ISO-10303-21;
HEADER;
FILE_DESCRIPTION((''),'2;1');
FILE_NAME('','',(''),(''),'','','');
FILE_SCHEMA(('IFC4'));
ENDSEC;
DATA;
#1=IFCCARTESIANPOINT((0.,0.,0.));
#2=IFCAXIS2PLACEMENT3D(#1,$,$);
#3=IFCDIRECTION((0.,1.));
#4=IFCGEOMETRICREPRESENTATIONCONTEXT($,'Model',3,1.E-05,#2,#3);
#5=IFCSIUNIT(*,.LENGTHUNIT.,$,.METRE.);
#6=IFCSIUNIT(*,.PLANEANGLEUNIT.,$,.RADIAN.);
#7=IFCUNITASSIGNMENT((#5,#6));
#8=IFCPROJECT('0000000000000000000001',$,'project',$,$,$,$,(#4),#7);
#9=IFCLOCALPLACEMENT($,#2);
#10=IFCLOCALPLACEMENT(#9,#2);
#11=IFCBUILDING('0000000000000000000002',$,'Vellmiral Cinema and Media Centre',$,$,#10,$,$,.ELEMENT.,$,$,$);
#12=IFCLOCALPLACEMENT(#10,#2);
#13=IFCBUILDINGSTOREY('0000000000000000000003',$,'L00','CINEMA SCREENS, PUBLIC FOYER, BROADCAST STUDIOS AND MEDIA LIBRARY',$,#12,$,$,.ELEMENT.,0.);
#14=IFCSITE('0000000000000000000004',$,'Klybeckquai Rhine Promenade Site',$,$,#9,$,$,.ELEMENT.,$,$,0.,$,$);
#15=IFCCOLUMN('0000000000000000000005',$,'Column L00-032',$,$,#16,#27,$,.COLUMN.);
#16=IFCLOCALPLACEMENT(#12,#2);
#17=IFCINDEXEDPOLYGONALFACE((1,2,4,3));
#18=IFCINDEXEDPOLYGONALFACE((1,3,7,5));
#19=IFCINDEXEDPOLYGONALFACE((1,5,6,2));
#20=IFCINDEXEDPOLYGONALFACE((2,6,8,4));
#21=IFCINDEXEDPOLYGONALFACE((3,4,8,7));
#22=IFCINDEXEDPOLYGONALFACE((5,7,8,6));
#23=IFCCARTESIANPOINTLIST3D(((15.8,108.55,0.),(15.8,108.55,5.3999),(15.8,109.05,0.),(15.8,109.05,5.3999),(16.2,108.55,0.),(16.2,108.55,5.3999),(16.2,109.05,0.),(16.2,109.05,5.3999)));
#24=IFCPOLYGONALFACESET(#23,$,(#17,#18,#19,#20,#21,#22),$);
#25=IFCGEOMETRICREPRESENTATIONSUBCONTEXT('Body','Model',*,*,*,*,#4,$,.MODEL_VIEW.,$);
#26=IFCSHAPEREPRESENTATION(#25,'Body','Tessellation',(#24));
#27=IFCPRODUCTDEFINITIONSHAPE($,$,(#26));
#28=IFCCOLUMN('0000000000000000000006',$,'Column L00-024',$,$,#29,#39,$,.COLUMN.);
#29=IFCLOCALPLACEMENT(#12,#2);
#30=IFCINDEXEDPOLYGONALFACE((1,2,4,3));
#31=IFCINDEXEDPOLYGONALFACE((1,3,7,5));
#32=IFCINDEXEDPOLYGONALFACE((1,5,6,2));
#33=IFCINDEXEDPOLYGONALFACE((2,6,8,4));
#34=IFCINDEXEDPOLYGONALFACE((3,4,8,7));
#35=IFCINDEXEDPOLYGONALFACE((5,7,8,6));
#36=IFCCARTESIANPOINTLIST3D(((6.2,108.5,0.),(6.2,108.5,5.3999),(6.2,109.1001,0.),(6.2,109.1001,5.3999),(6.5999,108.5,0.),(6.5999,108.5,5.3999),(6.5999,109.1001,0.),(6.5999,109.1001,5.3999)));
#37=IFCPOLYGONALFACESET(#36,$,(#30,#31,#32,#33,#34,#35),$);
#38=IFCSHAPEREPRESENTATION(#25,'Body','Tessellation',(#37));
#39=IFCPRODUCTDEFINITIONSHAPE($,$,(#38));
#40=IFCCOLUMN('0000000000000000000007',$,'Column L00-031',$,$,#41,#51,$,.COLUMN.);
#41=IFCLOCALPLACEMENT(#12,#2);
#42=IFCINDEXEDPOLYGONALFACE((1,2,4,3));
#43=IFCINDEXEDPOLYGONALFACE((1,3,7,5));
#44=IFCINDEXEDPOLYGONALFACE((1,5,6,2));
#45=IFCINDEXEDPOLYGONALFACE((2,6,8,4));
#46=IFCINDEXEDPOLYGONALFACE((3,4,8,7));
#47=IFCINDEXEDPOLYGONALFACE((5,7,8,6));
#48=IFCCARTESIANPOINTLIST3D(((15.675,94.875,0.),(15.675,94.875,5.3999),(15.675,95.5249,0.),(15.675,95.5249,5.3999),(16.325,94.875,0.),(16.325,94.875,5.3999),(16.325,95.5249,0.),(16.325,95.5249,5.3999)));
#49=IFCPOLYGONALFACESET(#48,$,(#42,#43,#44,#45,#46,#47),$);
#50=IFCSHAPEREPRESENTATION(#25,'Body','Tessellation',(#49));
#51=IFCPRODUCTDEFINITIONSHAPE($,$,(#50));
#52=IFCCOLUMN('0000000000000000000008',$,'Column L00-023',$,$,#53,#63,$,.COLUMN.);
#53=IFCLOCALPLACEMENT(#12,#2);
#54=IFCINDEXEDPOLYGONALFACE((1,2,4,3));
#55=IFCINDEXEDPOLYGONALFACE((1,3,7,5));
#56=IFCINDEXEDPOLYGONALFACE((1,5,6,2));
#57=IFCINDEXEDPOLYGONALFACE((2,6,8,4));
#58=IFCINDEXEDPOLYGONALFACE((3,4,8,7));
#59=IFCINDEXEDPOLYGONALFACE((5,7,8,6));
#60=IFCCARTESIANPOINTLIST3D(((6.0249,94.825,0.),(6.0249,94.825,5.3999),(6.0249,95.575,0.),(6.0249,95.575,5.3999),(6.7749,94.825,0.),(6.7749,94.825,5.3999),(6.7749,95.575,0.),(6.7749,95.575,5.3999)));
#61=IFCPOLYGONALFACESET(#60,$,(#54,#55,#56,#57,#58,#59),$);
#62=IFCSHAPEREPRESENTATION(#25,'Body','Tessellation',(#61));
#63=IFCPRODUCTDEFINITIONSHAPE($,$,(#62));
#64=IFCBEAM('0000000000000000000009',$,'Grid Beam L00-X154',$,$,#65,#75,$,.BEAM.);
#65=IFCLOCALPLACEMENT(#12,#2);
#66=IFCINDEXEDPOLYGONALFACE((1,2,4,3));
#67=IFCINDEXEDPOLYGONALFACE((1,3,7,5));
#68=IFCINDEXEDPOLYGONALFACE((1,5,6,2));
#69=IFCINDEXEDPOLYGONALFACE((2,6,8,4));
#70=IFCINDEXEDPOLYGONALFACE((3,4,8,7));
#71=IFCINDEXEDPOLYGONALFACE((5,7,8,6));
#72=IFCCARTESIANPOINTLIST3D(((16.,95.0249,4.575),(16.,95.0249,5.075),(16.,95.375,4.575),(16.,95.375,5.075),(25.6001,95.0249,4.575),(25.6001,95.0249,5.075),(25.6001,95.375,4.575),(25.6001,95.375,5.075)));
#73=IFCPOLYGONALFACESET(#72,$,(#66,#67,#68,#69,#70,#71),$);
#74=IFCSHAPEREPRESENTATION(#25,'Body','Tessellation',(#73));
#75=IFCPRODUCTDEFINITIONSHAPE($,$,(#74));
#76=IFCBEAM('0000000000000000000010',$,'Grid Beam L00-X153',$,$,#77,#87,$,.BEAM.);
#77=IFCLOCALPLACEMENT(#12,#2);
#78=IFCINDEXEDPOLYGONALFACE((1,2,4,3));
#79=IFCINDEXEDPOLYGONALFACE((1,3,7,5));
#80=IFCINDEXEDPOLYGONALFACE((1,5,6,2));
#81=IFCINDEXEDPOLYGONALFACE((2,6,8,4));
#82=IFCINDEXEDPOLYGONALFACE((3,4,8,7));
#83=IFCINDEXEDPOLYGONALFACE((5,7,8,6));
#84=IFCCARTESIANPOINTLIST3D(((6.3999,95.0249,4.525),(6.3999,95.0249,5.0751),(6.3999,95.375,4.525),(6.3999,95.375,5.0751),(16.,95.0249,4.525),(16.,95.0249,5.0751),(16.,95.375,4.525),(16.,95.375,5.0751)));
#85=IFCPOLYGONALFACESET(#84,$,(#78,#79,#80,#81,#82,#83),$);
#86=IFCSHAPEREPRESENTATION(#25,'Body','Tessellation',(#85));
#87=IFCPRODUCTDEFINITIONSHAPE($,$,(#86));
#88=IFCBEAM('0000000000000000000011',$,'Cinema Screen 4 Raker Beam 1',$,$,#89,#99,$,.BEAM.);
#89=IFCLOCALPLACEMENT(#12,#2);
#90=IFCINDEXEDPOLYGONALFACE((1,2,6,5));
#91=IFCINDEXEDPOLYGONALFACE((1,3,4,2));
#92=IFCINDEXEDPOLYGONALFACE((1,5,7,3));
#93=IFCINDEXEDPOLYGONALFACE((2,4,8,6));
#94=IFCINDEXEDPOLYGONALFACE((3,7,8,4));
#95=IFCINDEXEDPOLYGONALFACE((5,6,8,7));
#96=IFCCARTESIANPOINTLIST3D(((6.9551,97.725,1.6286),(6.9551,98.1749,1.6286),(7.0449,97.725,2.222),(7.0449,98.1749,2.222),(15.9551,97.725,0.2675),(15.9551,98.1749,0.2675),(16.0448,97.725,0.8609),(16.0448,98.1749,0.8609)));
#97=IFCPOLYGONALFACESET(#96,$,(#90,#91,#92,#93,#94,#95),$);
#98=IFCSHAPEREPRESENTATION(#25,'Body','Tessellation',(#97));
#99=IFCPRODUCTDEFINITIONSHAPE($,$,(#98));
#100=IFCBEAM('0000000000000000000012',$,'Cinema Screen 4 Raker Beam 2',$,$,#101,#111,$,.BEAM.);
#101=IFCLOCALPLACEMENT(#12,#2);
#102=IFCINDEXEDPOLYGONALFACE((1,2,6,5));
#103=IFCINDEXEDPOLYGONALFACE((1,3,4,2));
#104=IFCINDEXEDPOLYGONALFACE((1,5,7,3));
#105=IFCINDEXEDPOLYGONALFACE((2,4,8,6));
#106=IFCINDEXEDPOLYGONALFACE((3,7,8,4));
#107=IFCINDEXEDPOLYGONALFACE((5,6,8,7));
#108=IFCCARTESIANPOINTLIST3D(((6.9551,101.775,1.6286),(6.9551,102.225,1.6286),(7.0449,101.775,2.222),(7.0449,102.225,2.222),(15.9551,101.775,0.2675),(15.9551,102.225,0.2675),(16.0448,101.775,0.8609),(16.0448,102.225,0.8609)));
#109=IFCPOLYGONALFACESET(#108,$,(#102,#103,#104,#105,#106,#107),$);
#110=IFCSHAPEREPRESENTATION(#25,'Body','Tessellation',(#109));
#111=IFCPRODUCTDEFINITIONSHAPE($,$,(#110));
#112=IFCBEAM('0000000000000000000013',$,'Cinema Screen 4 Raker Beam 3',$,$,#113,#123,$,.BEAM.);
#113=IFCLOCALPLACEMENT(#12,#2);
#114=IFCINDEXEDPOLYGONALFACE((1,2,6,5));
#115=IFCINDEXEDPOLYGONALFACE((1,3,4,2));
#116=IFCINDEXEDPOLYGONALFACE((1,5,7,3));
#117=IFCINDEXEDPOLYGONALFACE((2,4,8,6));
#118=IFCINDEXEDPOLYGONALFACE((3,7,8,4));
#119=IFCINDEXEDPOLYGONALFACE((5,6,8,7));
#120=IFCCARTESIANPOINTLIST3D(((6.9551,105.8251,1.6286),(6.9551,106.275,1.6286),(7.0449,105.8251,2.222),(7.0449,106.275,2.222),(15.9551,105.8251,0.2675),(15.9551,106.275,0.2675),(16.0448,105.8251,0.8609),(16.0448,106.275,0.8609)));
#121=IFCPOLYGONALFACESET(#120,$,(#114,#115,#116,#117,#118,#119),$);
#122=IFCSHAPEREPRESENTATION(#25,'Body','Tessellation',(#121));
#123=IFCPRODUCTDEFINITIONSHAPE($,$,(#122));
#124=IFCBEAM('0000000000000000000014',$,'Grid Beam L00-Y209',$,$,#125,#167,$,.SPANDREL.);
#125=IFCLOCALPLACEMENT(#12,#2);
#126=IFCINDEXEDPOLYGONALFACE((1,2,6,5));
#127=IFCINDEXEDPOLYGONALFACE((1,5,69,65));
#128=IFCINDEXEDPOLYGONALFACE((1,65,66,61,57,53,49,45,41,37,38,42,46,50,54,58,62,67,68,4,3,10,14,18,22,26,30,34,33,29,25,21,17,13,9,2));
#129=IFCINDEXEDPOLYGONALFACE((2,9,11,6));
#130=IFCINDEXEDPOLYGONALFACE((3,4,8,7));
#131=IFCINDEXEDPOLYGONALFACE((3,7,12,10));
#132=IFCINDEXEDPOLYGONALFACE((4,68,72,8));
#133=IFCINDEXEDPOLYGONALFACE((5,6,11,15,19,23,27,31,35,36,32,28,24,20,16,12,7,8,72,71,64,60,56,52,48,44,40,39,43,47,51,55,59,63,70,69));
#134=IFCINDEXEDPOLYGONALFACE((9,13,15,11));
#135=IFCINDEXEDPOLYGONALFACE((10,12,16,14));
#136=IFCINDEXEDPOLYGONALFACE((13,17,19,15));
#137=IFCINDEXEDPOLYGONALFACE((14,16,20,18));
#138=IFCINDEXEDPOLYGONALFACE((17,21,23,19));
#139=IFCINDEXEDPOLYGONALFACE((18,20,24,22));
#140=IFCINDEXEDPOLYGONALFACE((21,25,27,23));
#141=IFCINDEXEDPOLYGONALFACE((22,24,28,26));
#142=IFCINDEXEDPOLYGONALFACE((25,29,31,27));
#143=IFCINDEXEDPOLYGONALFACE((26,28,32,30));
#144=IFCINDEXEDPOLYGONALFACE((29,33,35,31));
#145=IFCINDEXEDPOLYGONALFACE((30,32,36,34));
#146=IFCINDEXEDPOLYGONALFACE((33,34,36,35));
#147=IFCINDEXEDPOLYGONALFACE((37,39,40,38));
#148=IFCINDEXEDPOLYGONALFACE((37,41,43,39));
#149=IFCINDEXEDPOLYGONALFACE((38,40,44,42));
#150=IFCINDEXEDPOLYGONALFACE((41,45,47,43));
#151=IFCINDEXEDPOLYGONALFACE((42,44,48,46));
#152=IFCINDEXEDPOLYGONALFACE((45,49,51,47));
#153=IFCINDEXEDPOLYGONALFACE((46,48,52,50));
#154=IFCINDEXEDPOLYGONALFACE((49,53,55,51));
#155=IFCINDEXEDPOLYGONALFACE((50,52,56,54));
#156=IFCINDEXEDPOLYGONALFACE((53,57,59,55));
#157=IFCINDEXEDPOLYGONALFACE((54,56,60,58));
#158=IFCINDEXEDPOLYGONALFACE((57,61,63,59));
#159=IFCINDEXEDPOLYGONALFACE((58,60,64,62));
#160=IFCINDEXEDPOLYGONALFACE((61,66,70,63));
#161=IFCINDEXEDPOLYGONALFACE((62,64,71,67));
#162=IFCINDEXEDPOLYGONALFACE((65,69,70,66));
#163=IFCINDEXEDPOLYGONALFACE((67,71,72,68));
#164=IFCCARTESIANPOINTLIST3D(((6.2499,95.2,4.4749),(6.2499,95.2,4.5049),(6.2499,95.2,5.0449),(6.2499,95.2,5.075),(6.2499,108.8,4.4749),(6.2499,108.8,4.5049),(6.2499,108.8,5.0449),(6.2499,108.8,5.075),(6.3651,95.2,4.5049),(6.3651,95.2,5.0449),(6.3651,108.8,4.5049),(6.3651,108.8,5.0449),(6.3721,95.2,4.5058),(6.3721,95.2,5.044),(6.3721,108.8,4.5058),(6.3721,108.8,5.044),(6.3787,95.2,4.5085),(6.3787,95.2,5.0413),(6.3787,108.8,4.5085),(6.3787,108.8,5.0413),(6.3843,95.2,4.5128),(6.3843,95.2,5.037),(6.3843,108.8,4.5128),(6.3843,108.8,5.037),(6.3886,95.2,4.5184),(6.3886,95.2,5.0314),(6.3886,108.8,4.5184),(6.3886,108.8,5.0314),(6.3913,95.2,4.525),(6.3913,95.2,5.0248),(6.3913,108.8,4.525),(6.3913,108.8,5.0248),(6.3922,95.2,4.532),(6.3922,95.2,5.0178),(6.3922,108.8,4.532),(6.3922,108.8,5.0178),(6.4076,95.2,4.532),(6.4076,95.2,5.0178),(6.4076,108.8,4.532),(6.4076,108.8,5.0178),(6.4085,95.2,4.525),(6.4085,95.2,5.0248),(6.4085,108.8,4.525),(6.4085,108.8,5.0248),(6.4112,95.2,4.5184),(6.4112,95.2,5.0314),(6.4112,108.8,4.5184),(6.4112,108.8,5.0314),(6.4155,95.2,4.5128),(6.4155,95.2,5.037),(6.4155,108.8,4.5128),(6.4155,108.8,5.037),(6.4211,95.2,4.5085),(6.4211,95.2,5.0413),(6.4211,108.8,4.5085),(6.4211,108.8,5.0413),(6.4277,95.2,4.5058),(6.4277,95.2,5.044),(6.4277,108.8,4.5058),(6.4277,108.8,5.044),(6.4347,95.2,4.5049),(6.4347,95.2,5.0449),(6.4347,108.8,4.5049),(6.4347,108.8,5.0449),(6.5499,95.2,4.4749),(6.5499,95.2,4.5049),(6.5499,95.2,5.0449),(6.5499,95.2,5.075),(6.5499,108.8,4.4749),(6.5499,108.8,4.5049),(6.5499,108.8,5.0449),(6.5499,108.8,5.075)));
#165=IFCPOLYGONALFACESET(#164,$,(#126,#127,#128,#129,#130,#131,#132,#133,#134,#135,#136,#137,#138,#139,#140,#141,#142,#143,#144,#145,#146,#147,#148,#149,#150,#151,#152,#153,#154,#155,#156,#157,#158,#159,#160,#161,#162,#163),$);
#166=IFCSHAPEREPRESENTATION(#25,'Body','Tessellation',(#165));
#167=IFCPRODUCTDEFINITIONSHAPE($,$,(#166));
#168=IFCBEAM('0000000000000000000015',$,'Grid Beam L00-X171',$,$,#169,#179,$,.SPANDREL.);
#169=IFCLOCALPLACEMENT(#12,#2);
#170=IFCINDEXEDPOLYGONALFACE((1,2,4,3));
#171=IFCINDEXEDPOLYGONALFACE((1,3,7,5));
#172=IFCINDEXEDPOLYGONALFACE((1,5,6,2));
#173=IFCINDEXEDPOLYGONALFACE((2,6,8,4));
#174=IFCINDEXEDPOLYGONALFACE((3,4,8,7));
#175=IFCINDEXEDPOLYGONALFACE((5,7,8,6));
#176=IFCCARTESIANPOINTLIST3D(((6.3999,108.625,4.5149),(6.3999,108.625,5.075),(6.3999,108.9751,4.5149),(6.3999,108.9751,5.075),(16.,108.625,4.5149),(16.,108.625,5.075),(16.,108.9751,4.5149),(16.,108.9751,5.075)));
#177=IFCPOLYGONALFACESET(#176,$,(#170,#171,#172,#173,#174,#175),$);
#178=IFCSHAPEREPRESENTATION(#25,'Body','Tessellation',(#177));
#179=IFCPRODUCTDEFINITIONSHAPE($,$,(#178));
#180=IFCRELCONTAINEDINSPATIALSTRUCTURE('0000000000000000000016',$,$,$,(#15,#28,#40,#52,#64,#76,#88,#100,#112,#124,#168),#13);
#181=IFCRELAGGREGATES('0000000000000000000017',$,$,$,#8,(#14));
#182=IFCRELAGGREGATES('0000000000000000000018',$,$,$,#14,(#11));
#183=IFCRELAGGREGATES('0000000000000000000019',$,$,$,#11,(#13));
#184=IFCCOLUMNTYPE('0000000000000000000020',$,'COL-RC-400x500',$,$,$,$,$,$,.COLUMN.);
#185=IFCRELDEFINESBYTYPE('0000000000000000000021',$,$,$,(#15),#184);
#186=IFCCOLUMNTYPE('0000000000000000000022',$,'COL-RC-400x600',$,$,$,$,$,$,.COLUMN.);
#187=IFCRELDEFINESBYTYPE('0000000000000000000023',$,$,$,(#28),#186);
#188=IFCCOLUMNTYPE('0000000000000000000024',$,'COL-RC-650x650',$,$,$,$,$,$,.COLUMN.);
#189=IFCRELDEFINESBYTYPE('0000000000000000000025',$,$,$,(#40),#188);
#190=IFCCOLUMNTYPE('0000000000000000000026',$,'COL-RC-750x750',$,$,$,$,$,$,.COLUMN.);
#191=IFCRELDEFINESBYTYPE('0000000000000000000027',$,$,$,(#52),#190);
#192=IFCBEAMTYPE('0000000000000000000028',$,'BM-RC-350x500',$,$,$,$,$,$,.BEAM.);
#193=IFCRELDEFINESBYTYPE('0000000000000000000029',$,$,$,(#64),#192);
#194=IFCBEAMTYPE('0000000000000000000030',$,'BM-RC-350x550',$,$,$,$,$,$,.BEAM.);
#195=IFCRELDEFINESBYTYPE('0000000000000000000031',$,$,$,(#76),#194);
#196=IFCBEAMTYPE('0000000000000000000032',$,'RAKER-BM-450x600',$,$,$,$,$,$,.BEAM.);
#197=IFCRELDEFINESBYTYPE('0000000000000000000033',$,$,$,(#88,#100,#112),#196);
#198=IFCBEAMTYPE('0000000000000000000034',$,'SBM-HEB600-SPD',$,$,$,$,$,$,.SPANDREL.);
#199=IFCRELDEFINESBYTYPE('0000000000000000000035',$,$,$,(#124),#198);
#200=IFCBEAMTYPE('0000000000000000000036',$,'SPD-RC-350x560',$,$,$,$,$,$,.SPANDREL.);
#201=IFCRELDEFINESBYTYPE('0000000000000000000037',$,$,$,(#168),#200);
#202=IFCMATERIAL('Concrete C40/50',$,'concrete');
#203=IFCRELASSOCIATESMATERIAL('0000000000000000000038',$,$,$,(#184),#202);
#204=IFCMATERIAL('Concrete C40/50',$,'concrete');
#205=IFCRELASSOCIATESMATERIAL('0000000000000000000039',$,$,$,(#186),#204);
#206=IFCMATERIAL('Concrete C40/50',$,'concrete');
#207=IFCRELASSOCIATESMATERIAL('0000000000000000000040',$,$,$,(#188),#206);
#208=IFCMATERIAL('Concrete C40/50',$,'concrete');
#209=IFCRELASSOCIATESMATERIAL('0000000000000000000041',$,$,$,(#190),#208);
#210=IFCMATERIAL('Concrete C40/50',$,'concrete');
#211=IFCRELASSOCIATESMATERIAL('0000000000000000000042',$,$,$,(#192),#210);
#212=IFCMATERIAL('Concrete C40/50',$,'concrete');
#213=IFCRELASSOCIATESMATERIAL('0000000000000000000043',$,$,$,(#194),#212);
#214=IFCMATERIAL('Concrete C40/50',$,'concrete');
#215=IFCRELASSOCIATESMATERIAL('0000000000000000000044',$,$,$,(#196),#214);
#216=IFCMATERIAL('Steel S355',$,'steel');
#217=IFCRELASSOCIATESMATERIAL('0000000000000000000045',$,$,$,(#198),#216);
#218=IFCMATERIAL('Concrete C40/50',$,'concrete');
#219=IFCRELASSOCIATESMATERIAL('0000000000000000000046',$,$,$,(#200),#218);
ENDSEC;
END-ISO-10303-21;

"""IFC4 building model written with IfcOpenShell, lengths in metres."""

from ifc_helpers import new_model, si_unit, direction, frame, origin, origin_2d, place, context, subcontext, project, spatial, rectangle, i_section, extrude, material, material_profile, profile_set, type_object, element, save


model = new_model("IFC4")

# Units and contexts
model_context = context("Model", 3, precision=1e-05, world=origin(), true_north=direction((0.0, 1.0)))
body_context = subcontext(model_context, "Body", "Model", "MODEL_VIEW")
ifc_project = project(units=[si_unit("LENGTHUNIT", "METRE"), si_unit("PLANEANGLEUNIT", "RADIAN")], contexts=[model_context])

# Site, building, storey
site_placement = place(None, origin())
site = spatial("IfcSite", under=ifc_project, at=site_placement, Name="Klybeckquai Rhine Promenade Site", CompositionType="ELEMENT", RefElevation=0.0)
building_placement = place(site_placement, origin())
building = spatial("IfcBuilding", under=site, at=building_placement, Name="Vellmiral Cinema and Media Centre", CompositionType="ELEMENT")
storey_placement = place(building_placement, origin())
storey = spatial("IfcBuildingStorey", under=building, at=storey_placement, Name="L00", Description="CINEMA SCREENS, PUBLIC FOYER, BROADCAST STUDIOS AND MEDIA LIBRARY", CompositionType="ELEMENT", Elevation=0.0)

# Columns
ifc_material_1 = material(Name="Concrete C40/50", Category="concrete")
ifc_material_profile_1 = material_profile(ifc_material_1, rectangle(XDim=0.3999, YDim=0.5, at=origin_2d()), Name="RC 400x500")
ifc_profile_set_1 = profile_set([ifc_material_profile_1], Name="Concrete C40/50")
column_type_1 = type_object("IfcColumnType", Name="COL-RC-400x500", PredefinedType="COLUMN", material=ifc_profile_set_1)
column_1_placement = place(storey_placement, frame((16.0, 108.8, 0.0), z_axis=(0.0, 0.0, 1.0), x_axis=(1.0, 0.0, 0.0)))
element("IfcColumn", 1, at=column_1_placement, inside=storey, type_object=column_type_1, Name="Column L00-032", PredefinedType="COLUMN", context=body_context, shape_type="SweptSolid", body=[
    extrude(rectangle(XDim=0.3999, YDim=0.5, at=origin_2d()), origin(), (0.0, 0.0, 1.0), 5.3999),
])
ifc_material_2 = material(Name="Concrete C40/50", Category="concrete")
ifc_material_profile_2 = material_profile(ifc_material_2, rectangle(XDim=0.3999, YDim=0.6001, at=origin_2d()), Name="RC 400x600")
ifc_profile_set_2 = profile_set([ifc_material_profile_2], Name="Concrete C40/50")
column_type_2 = type_object("IfcColumnType", Name="COL-RC-400x600", PredefinedType="COLUMN", material=ifc_profile_set_2)
column_2_placement = place(storey_placement, frame((6.3999, 108.8, 0.0), z_axis=(0.0, 0.0, 1.0), x_axis=(1.0, 0.0, 0.0)))
element("IfcColumn", 2, at=column_2_placement, inside=storey, type_object=column_type_2, Name="Column L00-024", PredefinedType="COLUMN", context=body_context, shape_type="SweptSolid", body=[
    extrude(rectangle(XDim=0.3999, YDim=0.6001, at=origin_2d()), origin(), (0.0, 0.0, 1.0), 5.3999),
])
ifc_material_3 = material(Name="Concrete C40/50", Category="concrete")
ifc_material_profile_3 = material_profile(ifc_material_3, rectangle(XDim=0.6499, YDim=0.6499, at=origin_2d()), Name="RC 650x650")
ifc_profile_set_3 = profile_set([ifc_material_profile_3], Name="Concrete C40/50")
column_type_3 = type_object("IfcColumnType", Name="COL-RC-650x650", PredefinedType="COLUMN", material=ifc_profile_set_3)
column_3_placement = place(storey_placement, frame((16.0, 95.2, 0.0), z_axis=(0.0, 0.0, 1.0), x_axis=(1.0, 0.0, 0.0)))
element("IfcColumn", 3, at=column_3_placement, inside=storey, type_object=column_type_3, Name="Column L00-031", PredefinedType="COLUMN", context=body_context, shape_type="SweptSolid", body=[
    extrude(rectangle(XDim=0.6499, YDim=0.6499, at=origin_2d()), origin(), (0.0, 0.0, 1.0), 5.3999),
])
ifc_material_4 = material(Name="Concrete C40/50", Category="concrete")
ifc_material_profile_4 = material_profile(ifc_material_4, rectangle(XDim=0.75, YDim=0.75, at=origin_2d()), Name="RC 750x750")
ifc_profile_set_4 = profile_set([ifc_material_profile_4], Name="Concrete C40/50")
column_type_4 = type_object("IfcColumnType", Name="COL-RC-750x750", PredefinedType="COLUMN", material=ifc_profile_set_4)
column_4_placement = place(storey_placement, frame((6.3999, 95.2, 0.0), z_axis=(0.0, 0.0, 1.0), x_axis=(1.0, 0.0, 0.0)))
element("IfcColumn", 4, at=column_4_placement, inside=storey, type_object=column_type_4, Name="Column L00-023", PredefinedType="COLUMN", context=body_context, shape_type="SweptSolid", body=[
    extrude(rectangle(XDim=0.75, YDim=0.75, at=origin_2d()), origin(), (0.0, 0.0, 1.0), 5.3999),
])

# Beams
ifc_material_5 = material(Name="Concrete C40/50", Category="concrete")
ifc_material_profile_5 = material_profile(ifc_material_5, rectangle(XDim=0.3501, YDim=0.5, at=origin_2d()), Name="RC 350x500")
ifc_profile_set_5 = profile_set([ifc_material_profile_5], Name="Concrete C40/50")
beam_type_1 = type_object("IfcBeamType", Name="BM-RC-350x500", PredefinedType="BEAM", material=ifc_profile_set_5)
beam_1_placement = place(storey_placement, frame((16.0, 95.2, 4.825), z_axis=(1.0, 0.0, 0.0), x_axis=(0.0, 1.0, 0.0)))
element("IfcBeam", 5, at=beam_1_placement, inside=storey, type_object=beam_type_1, Name="Grid Beam L00-X154", PredefinedType="BEAM", context=body_context, shape_type="SweptSolid", body=[
    extrude(rectangle(XDim=0.3501, YDim=0.5, at=origin_2d()), origin(), (0.0, 0.0, 1.0), 9.6001),
])
ifc_material_6 = material(Name="Concrete C40/50", Category="concrete")
ifc_material_profile_6 = material_profile(ifc_material_6, rectangle(XDim=0.3501, YDim=0.55, at=origin_2d()), Name="RC 350x550")
ifc_profile_set_6 = profile_set([ifc_material_profile_6], Name="Concrete C40/50")
beam_type_2 = type_object("IfcBeamType", Name="BM-RC-350x550", PredefinedType="BEAM", material=ifc_profile_set_6)
beam_2_placement = place(storey_placement, frame((6.3999, 95.2, 4.8), z_axis=(1.0, 0.0, 0.0), x_axis=(0.0, 1.0, 0.0)))
element("IfcBeam", 6, at=beam_2_placement, inside=storey, type_object=beam_type_2, Name="Grid Beam L00-X153", PredefinedType="BEAM", context=body_context, shape_type="SweptSolid", body=[
    extrude(rectangle(XDim=0.3501, YDim=0.55, at=origin_2d()), origin(), (0.0, 0.0, 1.0), 9.6001),
])
ifc_material_7 = material(Name="Concrete C40/50", Category="concrete")
ifc_material_profile_7 = material_profile(ifc_material_7, rectangle(XDim=0.45, YDim=0.6001, at=origin_2d()), Name="RC 450x600")
ifc_profile_set_7 = profile_set([ifc_material_profile_7], Name="Concrete C40/50")
beam_type_3 = type_object("IfcBeamType", Name="RAKER-BM-450x600", PredefinedType="BEAM", material=ifc_profile_set_7)
for number, where, z_axis, x_axis, name in (
    (7, (7.0, 97.95, 1.9253), (0.988757, 0.0, -0.149531), (0.0, 1.0, 0.0), "Cinema Screen 4 Raker Beam 1"),
    (8, (7.0, 102.0, 1.9253), (0.988757, 0.0, -0.149531), (0.0, 1.0, 0.0), "Cinema Screen 4 Raker Beam 2"),
    (9, (7.0, 106.05, 1.9253), (0.988757, 0.0, -0.149531), (0.0, 1.0, 0.0), "Cinema Screen 4 Raker Beam 3"),
):
    element("IfcBeam", number, at=place(storey_placement, frame(where, z_axis=z_axis, x_axis=x_axis)), inside=storey, type_object=beam_type_3, Name=name, PredefinedType="BEAM", context=body_context, shape_type="SweptSolid", body=[
        extrude(rectangle(XDim=0.45, YDim=0.6001, at=origin_2d()), origin(), (0.0, 0.0, 1.0), 9.1023),
    ])
ifc_material_8 = material(Name="Steel S355", Category="steel")
ifc_material_profile_8 = material_profile(ifc_material_8, i_section(OverallWidth=0.3, OverallDepth=0.6001, WebThickness=0.0154, FlangeThickness=0.03, FilletRadius=0.0271, at=origin_2d()), Name="HEB 600")
ifc_profile_set_8 = profile_set([ifc_material_profile_8], Name="Steel S355")
beam_type_4 = type_object("IfcBeamType", Name="SBM-HEB600-SPD", PredefinedType="SPANDREL", material=ifc_profile_set_8)
beam_3_placement = place(storey_placement, frame((6.3999, 95.2, 4.7749), z_axis=(0.0, 1.0, 0.0), x_axis=(-1.0, 0.0, 0.0)))
element("IfcBeam", 10, at=beam_3_placement, inside=storey, type_object=beam_type_4, Name="Grid Beam L00-Y209", PredefinedType="SPANDREL", context=body_context, shape_type="SweptSolid", body=[
    extrude(i_section(OverallWidth=0.3, OverallDepth=0.6001, WebThickness=0.0154, FlangeThickness=0.03, FilletRadius=0.0271, at=origin_2d()), origin(), (0.0, 0.0, 1.0), 13.6001),
])
ifc_material_9 = material(Name="Concrete C40/50", Category="concrete")
ifc_material_profile_9 = material_profile(ifc_material_9, rectangle(XDim=0.3501, YDim=0.5601, at=origin_2d()), Name="RC 350x560")
ifc_profile_set_9 = profile_set([ifc_material_profile_9], Name="Concrete C40/50")
beam_type_5 = type_object("IfcBeamType", Name="SPD-RC-350x560", PredefinedType="SPANDREL", material=ifc_profile_set_9)
beam_4_placement = place(storey_placement, frame((6.3999, 108.8, 4.7949), z_axis=(1.0, 0.0, 0.0), x_axis=(0.0, 1.0, 0.0)))
element("IfcBeam", 11, at=beam_4_placement, inside=storey, type_object=beam_type_5, Name="Grid Beam L00-X171", PredefinedType="SPANDREL", context=body_context, shape_type="SweptSolid", body=[
    extrude(rectangle(XDim=0.3501, YDim=0.5601, at=origin_2d()), origin(), (0.0, 0.0, 1.0), 9.6001),
])

save(model, "model.ifc")
